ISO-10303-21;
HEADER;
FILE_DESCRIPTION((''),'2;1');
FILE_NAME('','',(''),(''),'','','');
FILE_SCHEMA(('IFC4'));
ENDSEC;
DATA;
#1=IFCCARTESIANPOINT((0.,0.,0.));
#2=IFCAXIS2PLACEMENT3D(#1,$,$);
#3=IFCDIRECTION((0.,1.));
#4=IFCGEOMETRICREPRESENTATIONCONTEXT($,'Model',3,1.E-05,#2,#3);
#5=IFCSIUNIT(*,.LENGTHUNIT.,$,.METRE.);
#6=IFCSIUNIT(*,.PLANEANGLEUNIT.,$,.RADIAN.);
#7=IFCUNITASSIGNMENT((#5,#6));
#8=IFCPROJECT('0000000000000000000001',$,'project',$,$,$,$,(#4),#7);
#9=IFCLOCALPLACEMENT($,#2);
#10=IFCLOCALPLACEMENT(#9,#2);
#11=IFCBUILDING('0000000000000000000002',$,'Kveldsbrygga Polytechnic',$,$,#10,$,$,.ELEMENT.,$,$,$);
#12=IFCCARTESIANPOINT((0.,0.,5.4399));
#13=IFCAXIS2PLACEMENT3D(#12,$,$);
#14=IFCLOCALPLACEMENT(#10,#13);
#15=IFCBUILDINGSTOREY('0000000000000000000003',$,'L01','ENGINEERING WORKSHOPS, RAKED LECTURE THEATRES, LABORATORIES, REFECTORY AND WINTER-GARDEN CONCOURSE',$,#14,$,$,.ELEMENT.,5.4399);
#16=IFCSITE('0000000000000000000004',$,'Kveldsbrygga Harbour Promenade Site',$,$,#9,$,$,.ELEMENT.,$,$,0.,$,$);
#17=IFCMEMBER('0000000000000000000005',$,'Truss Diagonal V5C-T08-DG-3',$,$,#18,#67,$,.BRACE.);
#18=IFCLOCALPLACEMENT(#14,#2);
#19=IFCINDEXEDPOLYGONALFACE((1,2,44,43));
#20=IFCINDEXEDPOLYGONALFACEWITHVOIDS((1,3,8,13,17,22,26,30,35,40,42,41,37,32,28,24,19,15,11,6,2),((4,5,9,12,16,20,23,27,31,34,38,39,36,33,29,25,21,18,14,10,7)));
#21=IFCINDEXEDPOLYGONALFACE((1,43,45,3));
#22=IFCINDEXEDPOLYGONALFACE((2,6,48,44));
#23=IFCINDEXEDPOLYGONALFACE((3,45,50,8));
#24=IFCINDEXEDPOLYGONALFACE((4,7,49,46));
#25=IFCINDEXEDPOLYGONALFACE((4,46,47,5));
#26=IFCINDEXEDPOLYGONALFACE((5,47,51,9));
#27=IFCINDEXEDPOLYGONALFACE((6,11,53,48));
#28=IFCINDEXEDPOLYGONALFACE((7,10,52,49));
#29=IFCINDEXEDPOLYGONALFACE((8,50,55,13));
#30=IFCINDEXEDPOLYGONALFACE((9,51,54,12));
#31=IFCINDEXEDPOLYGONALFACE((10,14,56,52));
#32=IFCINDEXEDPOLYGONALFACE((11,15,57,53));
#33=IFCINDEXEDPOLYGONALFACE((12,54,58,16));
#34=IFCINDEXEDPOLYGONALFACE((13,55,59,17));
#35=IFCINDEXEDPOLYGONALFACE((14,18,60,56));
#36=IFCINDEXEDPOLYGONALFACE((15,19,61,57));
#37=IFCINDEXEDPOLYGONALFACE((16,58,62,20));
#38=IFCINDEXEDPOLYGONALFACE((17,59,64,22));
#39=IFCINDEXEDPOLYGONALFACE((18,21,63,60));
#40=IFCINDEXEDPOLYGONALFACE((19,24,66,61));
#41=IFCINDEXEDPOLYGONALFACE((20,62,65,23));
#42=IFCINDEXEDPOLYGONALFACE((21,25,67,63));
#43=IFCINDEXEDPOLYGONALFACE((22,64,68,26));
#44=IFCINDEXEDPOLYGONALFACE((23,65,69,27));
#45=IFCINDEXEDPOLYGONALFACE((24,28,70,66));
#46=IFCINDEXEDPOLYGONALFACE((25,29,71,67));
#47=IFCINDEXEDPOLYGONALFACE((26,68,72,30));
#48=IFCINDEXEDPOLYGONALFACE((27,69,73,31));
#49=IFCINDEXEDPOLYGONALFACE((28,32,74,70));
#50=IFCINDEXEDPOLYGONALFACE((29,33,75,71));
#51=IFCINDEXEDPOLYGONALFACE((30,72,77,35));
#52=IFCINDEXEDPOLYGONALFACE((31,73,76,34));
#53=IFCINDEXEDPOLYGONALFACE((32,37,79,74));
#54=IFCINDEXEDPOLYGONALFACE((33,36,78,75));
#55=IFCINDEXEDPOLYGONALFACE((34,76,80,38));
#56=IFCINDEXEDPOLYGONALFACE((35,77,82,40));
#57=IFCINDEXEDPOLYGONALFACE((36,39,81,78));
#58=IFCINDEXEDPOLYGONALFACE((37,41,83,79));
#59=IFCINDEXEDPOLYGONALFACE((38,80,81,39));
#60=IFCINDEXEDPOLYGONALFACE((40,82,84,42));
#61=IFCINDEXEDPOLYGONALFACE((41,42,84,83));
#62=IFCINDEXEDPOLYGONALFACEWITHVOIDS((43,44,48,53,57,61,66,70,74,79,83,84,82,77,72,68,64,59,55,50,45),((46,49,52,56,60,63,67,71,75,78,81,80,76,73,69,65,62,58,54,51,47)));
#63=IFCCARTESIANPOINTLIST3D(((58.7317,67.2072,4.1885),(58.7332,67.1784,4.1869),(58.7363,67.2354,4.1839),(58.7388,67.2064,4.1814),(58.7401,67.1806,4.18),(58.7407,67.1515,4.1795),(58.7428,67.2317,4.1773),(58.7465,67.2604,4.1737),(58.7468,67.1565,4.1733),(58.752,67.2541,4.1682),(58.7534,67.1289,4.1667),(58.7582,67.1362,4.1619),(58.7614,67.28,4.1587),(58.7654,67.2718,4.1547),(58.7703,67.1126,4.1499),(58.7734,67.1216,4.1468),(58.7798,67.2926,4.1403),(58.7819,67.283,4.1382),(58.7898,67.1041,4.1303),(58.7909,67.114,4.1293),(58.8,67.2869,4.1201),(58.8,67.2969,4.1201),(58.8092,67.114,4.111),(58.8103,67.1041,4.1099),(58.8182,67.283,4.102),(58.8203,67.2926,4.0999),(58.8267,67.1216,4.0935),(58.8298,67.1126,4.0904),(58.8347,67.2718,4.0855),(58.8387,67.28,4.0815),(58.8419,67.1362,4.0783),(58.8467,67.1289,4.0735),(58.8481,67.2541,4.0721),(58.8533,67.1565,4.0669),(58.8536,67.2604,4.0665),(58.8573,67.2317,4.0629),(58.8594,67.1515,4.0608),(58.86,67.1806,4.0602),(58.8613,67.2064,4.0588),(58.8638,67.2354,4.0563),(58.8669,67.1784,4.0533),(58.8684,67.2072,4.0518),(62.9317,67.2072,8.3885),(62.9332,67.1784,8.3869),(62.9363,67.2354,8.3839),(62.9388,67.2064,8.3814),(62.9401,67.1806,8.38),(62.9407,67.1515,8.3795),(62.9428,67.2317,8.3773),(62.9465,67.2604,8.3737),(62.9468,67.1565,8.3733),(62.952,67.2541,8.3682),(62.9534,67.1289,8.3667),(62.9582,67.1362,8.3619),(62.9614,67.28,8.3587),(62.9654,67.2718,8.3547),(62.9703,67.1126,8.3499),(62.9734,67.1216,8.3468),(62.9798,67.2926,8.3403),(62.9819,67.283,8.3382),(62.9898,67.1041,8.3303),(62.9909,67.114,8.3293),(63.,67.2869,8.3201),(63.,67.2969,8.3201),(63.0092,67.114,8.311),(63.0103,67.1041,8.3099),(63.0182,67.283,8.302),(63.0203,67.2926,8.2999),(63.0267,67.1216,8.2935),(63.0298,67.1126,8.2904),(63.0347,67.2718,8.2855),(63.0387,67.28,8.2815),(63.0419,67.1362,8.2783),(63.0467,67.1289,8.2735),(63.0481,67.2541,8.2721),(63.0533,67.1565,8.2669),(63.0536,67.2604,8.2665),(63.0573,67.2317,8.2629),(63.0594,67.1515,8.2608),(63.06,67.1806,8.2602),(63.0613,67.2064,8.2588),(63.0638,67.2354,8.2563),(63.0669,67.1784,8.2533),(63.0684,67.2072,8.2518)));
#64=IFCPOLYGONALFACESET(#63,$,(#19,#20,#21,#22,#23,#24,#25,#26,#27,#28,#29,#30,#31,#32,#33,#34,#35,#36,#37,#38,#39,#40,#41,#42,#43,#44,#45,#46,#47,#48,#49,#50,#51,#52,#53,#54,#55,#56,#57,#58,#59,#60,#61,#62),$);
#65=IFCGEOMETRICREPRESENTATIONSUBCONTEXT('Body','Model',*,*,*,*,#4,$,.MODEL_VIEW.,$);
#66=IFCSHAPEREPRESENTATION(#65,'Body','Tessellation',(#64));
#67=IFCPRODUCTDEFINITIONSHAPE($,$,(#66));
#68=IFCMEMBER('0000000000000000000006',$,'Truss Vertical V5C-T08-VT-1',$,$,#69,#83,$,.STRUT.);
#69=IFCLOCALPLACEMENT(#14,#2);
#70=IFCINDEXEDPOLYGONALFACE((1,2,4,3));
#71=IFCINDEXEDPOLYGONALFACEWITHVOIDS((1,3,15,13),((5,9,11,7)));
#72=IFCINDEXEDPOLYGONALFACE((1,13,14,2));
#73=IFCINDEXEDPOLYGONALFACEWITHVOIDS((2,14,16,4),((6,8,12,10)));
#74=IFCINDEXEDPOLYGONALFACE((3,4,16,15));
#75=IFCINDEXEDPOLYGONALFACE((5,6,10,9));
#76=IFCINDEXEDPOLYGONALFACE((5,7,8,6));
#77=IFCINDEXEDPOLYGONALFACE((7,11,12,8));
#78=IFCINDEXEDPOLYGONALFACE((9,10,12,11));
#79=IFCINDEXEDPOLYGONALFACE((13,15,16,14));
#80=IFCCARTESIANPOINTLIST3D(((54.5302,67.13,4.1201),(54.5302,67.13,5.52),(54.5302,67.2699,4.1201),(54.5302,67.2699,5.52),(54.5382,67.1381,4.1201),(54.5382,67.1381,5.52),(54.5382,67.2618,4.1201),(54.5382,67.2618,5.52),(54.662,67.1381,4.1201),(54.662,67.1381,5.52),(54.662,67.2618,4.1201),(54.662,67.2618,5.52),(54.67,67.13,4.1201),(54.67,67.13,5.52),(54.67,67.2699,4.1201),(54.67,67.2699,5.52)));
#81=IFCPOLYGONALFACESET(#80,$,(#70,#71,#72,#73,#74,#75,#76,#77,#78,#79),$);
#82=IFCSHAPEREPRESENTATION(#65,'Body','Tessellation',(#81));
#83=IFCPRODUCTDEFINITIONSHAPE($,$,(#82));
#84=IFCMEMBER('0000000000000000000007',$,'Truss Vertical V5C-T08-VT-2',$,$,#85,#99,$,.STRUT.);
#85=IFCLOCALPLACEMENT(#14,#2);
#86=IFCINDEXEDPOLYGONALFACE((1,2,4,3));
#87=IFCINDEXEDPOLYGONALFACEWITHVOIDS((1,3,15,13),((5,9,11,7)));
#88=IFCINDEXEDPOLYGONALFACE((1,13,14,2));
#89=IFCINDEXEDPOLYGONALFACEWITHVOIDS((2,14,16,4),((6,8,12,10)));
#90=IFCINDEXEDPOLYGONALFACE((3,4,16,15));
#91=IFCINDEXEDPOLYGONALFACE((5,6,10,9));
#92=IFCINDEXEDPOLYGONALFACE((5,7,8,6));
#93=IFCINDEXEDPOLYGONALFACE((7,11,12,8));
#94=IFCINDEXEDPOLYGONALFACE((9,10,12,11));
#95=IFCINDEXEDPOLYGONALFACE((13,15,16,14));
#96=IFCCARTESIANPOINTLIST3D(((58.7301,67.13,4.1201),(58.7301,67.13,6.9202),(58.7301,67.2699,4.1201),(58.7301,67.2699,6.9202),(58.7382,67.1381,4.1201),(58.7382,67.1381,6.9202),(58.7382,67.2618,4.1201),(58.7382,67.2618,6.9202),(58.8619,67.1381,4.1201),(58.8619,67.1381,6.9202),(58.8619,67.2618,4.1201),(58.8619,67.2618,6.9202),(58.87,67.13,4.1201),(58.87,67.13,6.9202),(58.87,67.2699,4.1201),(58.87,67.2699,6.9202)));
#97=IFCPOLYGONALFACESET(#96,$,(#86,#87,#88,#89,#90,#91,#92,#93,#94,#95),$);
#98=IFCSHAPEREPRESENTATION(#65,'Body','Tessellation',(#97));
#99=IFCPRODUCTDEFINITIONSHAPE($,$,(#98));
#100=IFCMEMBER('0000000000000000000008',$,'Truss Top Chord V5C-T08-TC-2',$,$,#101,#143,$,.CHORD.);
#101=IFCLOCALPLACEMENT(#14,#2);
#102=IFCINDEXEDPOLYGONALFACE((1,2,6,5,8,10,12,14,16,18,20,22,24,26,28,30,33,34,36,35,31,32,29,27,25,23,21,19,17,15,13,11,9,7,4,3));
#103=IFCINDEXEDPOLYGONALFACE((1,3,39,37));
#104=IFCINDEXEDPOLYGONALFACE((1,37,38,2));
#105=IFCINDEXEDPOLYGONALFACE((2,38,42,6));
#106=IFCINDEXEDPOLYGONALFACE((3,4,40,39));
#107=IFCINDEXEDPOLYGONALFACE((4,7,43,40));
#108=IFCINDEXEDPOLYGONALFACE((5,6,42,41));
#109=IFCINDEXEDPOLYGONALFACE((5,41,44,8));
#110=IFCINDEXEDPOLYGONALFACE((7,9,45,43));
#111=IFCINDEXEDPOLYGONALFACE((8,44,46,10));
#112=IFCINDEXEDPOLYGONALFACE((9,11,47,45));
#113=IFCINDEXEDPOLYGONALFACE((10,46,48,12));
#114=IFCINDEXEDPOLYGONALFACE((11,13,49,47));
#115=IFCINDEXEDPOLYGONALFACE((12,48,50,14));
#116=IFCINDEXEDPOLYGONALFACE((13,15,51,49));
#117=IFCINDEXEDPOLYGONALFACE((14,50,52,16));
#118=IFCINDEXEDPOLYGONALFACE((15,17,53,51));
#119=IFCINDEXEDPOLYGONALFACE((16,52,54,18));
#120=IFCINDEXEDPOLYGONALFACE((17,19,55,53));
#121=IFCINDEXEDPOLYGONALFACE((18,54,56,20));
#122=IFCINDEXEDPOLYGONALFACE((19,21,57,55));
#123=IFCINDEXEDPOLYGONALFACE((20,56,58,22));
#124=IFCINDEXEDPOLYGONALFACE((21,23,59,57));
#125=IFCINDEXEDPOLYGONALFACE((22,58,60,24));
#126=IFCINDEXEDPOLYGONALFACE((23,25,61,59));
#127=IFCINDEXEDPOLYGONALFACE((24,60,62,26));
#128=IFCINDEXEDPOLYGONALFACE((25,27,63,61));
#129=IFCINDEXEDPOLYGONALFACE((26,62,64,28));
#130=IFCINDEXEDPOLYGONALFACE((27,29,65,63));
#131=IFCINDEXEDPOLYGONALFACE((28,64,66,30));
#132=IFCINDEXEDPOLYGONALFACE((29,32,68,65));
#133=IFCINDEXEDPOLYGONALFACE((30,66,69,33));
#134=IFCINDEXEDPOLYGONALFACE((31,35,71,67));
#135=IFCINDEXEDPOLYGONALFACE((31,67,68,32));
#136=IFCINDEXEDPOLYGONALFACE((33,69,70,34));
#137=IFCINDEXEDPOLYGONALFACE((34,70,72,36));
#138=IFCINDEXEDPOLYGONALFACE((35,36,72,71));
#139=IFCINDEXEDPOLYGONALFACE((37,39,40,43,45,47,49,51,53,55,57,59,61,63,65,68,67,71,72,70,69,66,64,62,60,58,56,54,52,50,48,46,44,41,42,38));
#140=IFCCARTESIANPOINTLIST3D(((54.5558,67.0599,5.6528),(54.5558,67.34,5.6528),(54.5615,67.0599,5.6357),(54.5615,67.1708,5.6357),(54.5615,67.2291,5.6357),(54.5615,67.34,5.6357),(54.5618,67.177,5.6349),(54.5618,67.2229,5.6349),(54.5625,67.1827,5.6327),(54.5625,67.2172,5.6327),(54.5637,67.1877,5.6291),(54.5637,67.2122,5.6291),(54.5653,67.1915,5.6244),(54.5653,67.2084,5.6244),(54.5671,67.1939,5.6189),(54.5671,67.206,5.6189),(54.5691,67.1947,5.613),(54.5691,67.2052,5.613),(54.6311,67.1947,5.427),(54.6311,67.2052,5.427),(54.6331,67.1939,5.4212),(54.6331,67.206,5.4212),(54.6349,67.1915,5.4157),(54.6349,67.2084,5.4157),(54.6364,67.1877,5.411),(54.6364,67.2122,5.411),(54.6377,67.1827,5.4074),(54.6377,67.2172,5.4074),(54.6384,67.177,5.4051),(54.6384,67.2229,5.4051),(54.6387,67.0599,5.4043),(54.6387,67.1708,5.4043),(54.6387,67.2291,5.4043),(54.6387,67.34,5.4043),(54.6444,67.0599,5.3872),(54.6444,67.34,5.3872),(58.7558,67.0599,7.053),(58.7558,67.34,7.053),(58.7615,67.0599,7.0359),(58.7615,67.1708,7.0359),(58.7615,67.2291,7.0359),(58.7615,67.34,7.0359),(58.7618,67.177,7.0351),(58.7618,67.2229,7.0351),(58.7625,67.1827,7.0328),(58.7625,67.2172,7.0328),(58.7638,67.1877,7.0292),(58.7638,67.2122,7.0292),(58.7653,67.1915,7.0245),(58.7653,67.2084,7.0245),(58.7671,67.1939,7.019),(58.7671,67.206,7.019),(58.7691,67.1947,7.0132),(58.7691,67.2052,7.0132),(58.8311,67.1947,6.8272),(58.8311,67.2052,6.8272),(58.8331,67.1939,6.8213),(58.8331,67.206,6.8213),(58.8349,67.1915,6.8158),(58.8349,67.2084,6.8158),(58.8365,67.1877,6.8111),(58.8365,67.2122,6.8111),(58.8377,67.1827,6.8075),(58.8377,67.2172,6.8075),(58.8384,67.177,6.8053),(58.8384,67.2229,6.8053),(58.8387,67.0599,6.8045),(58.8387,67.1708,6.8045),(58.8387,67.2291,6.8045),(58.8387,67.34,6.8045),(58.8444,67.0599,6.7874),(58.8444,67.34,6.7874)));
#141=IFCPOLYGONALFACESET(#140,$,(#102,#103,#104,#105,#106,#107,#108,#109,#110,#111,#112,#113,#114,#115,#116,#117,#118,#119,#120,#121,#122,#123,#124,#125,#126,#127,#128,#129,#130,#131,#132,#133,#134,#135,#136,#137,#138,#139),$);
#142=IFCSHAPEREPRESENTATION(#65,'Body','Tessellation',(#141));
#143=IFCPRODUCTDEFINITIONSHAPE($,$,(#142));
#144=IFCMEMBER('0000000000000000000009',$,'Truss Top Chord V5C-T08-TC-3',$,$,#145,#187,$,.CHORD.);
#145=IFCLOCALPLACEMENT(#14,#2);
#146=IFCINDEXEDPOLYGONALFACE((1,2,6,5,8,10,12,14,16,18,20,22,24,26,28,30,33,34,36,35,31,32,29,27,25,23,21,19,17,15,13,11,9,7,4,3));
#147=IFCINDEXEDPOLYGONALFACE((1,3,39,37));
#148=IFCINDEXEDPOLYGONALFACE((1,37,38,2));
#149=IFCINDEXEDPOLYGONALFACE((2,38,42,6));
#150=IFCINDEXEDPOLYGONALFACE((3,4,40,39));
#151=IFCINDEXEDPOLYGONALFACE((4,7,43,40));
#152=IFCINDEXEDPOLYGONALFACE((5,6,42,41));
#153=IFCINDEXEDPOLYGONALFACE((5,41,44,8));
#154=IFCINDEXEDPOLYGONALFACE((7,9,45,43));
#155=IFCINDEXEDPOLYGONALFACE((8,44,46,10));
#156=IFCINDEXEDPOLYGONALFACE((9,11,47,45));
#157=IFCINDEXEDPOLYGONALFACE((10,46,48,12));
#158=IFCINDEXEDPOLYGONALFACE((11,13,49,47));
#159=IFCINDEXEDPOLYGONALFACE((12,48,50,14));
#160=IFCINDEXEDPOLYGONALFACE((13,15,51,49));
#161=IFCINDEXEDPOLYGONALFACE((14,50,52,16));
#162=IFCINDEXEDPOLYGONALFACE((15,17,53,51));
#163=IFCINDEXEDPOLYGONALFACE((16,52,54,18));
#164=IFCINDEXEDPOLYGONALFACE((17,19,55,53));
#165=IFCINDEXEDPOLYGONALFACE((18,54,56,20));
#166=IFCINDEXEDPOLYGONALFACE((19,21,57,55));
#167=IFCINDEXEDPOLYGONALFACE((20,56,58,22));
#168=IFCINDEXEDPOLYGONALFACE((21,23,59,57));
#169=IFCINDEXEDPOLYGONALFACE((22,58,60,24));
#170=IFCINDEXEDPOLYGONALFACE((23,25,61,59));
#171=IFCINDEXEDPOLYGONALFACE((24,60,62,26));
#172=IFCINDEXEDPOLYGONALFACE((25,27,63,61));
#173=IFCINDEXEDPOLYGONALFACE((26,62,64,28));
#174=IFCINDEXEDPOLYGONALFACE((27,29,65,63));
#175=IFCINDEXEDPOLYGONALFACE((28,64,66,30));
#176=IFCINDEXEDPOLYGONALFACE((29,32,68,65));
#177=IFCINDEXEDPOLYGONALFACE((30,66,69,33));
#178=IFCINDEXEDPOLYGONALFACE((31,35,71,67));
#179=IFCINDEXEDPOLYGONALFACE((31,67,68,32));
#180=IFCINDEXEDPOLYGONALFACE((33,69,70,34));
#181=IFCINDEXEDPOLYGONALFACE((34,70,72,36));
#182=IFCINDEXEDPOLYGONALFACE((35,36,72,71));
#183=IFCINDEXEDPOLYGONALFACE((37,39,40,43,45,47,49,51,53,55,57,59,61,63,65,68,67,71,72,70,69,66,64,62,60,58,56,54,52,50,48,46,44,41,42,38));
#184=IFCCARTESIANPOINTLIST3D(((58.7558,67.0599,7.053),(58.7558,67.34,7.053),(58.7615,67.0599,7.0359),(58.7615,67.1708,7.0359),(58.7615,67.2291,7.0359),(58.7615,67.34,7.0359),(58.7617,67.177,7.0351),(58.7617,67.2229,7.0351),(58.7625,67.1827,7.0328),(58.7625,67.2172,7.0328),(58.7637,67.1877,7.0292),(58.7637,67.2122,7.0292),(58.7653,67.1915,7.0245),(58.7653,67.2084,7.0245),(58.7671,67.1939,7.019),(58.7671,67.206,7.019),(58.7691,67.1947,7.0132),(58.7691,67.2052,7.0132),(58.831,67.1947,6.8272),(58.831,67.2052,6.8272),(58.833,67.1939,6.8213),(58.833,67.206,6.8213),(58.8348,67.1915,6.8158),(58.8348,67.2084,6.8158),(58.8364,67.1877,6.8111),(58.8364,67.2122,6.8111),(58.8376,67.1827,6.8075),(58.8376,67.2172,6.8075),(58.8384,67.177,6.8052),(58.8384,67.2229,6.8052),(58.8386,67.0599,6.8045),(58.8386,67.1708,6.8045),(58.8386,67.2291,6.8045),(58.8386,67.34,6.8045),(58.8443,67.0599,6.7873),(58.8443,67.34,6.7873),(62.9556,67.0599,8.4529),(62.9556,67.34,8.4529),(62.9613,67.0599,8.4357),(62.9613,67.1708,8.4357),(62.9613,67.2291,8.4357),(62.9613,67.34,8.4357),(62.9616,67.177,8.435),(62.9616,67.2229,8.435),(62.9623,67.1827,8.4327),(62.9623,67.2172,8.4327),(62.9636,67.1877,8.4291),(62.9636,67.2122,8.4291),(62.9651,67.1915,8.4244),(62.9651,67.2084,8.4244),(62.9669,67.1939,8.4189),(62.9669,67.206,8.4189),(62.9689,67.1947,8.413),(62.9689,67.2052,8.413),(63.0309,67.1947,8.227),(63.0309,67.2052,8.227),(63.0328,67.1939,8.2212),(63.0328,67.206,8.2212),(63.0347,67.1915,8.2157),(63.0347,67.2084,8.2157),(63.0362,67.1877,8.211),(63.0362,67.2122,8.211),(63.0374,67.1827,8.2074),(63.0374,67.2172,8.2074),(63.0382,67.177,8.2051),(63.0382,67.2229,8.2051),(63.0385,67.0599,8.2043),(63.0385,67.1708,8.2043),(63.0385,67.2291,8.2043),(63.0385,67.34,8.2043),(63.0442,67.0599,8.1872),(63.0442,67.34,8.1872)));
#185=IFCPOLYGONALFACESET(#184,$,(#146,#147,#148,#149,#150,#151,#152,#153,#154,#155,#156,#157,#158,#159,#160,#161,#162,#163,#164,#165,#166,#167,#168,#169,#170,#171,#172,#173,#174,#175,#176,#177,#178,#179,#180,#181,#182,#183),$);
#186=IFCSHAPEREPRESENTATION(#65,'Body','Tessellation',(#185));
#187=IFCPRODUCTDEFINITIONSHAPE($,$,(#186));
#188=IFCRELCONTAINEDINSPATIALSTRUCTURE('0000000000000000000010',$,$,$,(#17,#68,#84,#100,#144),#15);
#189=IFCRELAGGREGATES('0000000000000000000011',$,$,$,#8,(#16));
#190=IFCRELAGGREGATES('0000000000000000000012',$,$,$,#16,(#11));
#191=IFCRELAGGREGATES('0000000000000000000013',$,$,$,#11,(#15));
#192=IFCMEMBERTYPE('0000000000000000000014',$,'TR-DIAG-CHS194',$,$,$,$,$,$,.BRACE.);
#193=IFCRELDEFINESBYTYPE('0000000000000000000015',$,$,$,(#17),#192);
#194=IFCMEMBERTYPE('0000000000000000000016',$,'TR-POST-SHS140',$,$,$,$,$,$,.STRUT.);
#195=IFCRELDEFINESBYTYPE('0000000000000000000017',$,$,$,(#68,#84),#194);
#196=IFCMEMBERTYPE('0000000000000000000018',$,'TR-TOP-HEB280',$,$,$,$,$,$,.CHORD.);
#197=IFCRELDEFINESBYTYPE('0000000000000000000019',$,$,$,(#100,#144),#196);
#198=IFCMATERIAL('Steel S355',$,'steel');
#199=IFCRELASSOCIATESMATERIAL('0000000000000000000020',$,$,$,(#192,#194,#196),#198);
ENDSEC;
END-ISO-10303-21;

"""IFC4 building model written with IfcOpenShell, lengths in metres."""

from ifc_helpers import new_model, si_unit, direction, frame, origin, origin_2d, place, context, subcontext, project, spatial, hollow_rectangle, hollow_circle, i_section, extrude, material, material_profile, profile_set, type_object, element, save


model = new_model("IFC4")

# Units and contexts
model_context = context("Model", 3, precision=1e-05, world=origin(), true_north=direction((0.0, 1.0)))
body_context = subcontext(model_context, "Body", "Model", "MODEL_VIEW")
ifc_project = project(units=[si_unit("LENGTHUNIT", "METRE"), si_unit("PLANEANGLEUNIT", "RADIAN")], contexts=[model_context])

# Site, building, storey
site_placement = place(None, origin())
site = spatial("IfcSite", under=ifc_project, at=site_placement, Name="Kveldsbrygga Harbour Promenade Site", CompositionType="ELEMENT", RefElevation=0.0)
building_placement = place(site_placement, origin())
building = spatial("IfcBuilding", under=site, at=building_placement, Name="Kveldsbrygga Polytechnic", CompositionType="ELEMENT")
storey_placement = place(building_placement, frame((0.0, 0.0, 5.4399)))
storey = spatial("IfcBuildingStorey", under=building, at=storey_placement, Name="L01", Description="ENGINEERING WORKSHOPS, RAKED LECTURE THEATRES, LABORATORIES, REFECTORY AND WINTER-GARDEN CONCOURSE", CompositionType="ELEMENT", Elevation=5.4399)

# Members
ifc_material_1 = material(Name="Steel S355", Category="steel")
ifc_material_profile_1 = material_profile(ifc_material_1, hollow_circle(Radius=0.0969, WallThickness=0.01, at=origin_2d()), Name="CHS 193.7x10.0")
ifc_profile_set_1 = profile_set([ifc_material_profile_1], Name="Steel S355")
member_type_1 = type_object("IfcMemberType", Name="TR-DIAG-CHS194", PredefinedType="BRACE", material=ifc_profile_set_1)
member_1_placement = place(storey_placement, frame((58.8, 67.2, 4.1201), z_axis=(0.707107, 0.0, 0.707107), x_axis=(0.0, 1.0, 0.0)))
element("IfcMember", 1, at=member_1_placement, inside=storey, type_object=member_type_1, Name="Truss Diagonal V5C-T08-DG-3", PredefinedType="BRACE", context=body_context, shape_type="SweptSolid", body=[
    extrude(hollow_circle(Radius=0.0969, WallThickness=0.01, at=origin_2d()), origin(), (0.0, 0.0, 1.0), 5.9397),
])
ifc_material_profile_2 = material_profile(ifc_material_1, hollow_rectangle(XDim=0.1399, YDim=0.1399, WallThickness=0.0081, at=origin_2d()), Name="SHS 140x140x8.0")
ifc_profile_set_2 = profile_set([ifc_material_profile_2], Name="Steel S355")
member_type_2 = type_object("IfcMemberType", Name="TR-POST-SHS140", PredefinedType="STRUT", material=ifc_profile_set_2)
member_2_placement = place(storey_placement, frame((54.6001, 67.2, 4.1201), z_axis=(0.0, 0.0, 1.0), x_axis=(1.0, 0.0, 0.0)))
element("IfcMember", 2, at=member_2_placement, inside=storey, type_object=member_type_2, Name="Truss Vertical V5C-T08-VT-1", PredefinedType="STRUT", context=body_context, shape_type="SweptSolid", body=[
    extrude(hollow_rectangle(XDim=0.1399, YDim=0.1399, WallThickness=0.0081, at=origin_2d()), origin(), (0.0, 0.0, 1.0), 1.3999),
])
member_3_placement = place(storey_placement, frame((58.8, 67.2, 4.1201), z_axis=(0.0, 0.0, 1.0), x_axis=(1.0, 0.0, 0.0)))
element("IfcMember", 3, at=member_3_placement, inside=storey, type_object=member_type_2, Name="Truss Vertical V5C-T08-VT-2", PredefinedType="STRUT", context=body_context, shape_type="SweptSolid", body=[
    extrude(hollow_rectangle(XDim=0.1399, YDim=0.1399, WallThickness=0.0081, at=origin_2d()), origin(), (0.0, 0.0, 1.0), 2.8),
])
ifc_material_profile_3 = material_profile(ifc_material_1, i_section(OverallWidth=0.28, OverallDepth=0.28, WebThickness=0.0105, FlangeThickness=0.0181, FilletRadius=0.0239, at=origin_2d()), Name="HEB 280")
ifc_profile_set_3 = profile_set([ifc_material_profile_3], Name="Steel S355")
member_type_3 = type_object("IfcMemberType", Name="TR-TOP-HEB280", PredefinedType="CHORD", material=ifc_profile_set_3)
member_4_placement = place(storey_placement, frame((54.6001, 67.2, 5.52), z_axis=(0.948672, 0.0, 0.316261), x_axis=(0.0, 1.0, 0.0)))
element("IfcMember", 4, at=member_4_placement, inside=storey, type_object=member_type_3, Name="Truss Top Chord V5C-T08-TC-2", PredefinedType="CHORD", context=body_context, shape_type="SweptSolid", body=[
    extrude(i_section(OverallWidth=0.28, OverallDepth=0.28, WebThickness=0.0105, FlangeThickness=0.0181, FilletRadius=0.0239, at=origin_2d()), origin(), (0.0, 0.0, 1.0), 4.4272),
])
member_5_placement = place(storey_placement, frame((58.8, 67.2, 6.9202), z_axis=(0.948689, 0.0, 0.316211), x_axis=(0.0, 1.0, 0.0)))
element("IfcMember", 5, at=member_5_placement, inside=storey, type_object=member_type_3, Name="Truss Top Chord V5C-T08-TC-3", PredefinedType="CHORD", context=body_context, shape_type="SweptSolid", body=[
    extrude(i_section(OverallWidth=0.28, OverallDepth=0.28, WebThickness=0.0105, FlangeThickness=0.0181, FilletRadius=0.0239, at=origin_2d()), origin(), (0.0, 0.0, 1.0), 4.427),
])

save(model, "model.ifc")
